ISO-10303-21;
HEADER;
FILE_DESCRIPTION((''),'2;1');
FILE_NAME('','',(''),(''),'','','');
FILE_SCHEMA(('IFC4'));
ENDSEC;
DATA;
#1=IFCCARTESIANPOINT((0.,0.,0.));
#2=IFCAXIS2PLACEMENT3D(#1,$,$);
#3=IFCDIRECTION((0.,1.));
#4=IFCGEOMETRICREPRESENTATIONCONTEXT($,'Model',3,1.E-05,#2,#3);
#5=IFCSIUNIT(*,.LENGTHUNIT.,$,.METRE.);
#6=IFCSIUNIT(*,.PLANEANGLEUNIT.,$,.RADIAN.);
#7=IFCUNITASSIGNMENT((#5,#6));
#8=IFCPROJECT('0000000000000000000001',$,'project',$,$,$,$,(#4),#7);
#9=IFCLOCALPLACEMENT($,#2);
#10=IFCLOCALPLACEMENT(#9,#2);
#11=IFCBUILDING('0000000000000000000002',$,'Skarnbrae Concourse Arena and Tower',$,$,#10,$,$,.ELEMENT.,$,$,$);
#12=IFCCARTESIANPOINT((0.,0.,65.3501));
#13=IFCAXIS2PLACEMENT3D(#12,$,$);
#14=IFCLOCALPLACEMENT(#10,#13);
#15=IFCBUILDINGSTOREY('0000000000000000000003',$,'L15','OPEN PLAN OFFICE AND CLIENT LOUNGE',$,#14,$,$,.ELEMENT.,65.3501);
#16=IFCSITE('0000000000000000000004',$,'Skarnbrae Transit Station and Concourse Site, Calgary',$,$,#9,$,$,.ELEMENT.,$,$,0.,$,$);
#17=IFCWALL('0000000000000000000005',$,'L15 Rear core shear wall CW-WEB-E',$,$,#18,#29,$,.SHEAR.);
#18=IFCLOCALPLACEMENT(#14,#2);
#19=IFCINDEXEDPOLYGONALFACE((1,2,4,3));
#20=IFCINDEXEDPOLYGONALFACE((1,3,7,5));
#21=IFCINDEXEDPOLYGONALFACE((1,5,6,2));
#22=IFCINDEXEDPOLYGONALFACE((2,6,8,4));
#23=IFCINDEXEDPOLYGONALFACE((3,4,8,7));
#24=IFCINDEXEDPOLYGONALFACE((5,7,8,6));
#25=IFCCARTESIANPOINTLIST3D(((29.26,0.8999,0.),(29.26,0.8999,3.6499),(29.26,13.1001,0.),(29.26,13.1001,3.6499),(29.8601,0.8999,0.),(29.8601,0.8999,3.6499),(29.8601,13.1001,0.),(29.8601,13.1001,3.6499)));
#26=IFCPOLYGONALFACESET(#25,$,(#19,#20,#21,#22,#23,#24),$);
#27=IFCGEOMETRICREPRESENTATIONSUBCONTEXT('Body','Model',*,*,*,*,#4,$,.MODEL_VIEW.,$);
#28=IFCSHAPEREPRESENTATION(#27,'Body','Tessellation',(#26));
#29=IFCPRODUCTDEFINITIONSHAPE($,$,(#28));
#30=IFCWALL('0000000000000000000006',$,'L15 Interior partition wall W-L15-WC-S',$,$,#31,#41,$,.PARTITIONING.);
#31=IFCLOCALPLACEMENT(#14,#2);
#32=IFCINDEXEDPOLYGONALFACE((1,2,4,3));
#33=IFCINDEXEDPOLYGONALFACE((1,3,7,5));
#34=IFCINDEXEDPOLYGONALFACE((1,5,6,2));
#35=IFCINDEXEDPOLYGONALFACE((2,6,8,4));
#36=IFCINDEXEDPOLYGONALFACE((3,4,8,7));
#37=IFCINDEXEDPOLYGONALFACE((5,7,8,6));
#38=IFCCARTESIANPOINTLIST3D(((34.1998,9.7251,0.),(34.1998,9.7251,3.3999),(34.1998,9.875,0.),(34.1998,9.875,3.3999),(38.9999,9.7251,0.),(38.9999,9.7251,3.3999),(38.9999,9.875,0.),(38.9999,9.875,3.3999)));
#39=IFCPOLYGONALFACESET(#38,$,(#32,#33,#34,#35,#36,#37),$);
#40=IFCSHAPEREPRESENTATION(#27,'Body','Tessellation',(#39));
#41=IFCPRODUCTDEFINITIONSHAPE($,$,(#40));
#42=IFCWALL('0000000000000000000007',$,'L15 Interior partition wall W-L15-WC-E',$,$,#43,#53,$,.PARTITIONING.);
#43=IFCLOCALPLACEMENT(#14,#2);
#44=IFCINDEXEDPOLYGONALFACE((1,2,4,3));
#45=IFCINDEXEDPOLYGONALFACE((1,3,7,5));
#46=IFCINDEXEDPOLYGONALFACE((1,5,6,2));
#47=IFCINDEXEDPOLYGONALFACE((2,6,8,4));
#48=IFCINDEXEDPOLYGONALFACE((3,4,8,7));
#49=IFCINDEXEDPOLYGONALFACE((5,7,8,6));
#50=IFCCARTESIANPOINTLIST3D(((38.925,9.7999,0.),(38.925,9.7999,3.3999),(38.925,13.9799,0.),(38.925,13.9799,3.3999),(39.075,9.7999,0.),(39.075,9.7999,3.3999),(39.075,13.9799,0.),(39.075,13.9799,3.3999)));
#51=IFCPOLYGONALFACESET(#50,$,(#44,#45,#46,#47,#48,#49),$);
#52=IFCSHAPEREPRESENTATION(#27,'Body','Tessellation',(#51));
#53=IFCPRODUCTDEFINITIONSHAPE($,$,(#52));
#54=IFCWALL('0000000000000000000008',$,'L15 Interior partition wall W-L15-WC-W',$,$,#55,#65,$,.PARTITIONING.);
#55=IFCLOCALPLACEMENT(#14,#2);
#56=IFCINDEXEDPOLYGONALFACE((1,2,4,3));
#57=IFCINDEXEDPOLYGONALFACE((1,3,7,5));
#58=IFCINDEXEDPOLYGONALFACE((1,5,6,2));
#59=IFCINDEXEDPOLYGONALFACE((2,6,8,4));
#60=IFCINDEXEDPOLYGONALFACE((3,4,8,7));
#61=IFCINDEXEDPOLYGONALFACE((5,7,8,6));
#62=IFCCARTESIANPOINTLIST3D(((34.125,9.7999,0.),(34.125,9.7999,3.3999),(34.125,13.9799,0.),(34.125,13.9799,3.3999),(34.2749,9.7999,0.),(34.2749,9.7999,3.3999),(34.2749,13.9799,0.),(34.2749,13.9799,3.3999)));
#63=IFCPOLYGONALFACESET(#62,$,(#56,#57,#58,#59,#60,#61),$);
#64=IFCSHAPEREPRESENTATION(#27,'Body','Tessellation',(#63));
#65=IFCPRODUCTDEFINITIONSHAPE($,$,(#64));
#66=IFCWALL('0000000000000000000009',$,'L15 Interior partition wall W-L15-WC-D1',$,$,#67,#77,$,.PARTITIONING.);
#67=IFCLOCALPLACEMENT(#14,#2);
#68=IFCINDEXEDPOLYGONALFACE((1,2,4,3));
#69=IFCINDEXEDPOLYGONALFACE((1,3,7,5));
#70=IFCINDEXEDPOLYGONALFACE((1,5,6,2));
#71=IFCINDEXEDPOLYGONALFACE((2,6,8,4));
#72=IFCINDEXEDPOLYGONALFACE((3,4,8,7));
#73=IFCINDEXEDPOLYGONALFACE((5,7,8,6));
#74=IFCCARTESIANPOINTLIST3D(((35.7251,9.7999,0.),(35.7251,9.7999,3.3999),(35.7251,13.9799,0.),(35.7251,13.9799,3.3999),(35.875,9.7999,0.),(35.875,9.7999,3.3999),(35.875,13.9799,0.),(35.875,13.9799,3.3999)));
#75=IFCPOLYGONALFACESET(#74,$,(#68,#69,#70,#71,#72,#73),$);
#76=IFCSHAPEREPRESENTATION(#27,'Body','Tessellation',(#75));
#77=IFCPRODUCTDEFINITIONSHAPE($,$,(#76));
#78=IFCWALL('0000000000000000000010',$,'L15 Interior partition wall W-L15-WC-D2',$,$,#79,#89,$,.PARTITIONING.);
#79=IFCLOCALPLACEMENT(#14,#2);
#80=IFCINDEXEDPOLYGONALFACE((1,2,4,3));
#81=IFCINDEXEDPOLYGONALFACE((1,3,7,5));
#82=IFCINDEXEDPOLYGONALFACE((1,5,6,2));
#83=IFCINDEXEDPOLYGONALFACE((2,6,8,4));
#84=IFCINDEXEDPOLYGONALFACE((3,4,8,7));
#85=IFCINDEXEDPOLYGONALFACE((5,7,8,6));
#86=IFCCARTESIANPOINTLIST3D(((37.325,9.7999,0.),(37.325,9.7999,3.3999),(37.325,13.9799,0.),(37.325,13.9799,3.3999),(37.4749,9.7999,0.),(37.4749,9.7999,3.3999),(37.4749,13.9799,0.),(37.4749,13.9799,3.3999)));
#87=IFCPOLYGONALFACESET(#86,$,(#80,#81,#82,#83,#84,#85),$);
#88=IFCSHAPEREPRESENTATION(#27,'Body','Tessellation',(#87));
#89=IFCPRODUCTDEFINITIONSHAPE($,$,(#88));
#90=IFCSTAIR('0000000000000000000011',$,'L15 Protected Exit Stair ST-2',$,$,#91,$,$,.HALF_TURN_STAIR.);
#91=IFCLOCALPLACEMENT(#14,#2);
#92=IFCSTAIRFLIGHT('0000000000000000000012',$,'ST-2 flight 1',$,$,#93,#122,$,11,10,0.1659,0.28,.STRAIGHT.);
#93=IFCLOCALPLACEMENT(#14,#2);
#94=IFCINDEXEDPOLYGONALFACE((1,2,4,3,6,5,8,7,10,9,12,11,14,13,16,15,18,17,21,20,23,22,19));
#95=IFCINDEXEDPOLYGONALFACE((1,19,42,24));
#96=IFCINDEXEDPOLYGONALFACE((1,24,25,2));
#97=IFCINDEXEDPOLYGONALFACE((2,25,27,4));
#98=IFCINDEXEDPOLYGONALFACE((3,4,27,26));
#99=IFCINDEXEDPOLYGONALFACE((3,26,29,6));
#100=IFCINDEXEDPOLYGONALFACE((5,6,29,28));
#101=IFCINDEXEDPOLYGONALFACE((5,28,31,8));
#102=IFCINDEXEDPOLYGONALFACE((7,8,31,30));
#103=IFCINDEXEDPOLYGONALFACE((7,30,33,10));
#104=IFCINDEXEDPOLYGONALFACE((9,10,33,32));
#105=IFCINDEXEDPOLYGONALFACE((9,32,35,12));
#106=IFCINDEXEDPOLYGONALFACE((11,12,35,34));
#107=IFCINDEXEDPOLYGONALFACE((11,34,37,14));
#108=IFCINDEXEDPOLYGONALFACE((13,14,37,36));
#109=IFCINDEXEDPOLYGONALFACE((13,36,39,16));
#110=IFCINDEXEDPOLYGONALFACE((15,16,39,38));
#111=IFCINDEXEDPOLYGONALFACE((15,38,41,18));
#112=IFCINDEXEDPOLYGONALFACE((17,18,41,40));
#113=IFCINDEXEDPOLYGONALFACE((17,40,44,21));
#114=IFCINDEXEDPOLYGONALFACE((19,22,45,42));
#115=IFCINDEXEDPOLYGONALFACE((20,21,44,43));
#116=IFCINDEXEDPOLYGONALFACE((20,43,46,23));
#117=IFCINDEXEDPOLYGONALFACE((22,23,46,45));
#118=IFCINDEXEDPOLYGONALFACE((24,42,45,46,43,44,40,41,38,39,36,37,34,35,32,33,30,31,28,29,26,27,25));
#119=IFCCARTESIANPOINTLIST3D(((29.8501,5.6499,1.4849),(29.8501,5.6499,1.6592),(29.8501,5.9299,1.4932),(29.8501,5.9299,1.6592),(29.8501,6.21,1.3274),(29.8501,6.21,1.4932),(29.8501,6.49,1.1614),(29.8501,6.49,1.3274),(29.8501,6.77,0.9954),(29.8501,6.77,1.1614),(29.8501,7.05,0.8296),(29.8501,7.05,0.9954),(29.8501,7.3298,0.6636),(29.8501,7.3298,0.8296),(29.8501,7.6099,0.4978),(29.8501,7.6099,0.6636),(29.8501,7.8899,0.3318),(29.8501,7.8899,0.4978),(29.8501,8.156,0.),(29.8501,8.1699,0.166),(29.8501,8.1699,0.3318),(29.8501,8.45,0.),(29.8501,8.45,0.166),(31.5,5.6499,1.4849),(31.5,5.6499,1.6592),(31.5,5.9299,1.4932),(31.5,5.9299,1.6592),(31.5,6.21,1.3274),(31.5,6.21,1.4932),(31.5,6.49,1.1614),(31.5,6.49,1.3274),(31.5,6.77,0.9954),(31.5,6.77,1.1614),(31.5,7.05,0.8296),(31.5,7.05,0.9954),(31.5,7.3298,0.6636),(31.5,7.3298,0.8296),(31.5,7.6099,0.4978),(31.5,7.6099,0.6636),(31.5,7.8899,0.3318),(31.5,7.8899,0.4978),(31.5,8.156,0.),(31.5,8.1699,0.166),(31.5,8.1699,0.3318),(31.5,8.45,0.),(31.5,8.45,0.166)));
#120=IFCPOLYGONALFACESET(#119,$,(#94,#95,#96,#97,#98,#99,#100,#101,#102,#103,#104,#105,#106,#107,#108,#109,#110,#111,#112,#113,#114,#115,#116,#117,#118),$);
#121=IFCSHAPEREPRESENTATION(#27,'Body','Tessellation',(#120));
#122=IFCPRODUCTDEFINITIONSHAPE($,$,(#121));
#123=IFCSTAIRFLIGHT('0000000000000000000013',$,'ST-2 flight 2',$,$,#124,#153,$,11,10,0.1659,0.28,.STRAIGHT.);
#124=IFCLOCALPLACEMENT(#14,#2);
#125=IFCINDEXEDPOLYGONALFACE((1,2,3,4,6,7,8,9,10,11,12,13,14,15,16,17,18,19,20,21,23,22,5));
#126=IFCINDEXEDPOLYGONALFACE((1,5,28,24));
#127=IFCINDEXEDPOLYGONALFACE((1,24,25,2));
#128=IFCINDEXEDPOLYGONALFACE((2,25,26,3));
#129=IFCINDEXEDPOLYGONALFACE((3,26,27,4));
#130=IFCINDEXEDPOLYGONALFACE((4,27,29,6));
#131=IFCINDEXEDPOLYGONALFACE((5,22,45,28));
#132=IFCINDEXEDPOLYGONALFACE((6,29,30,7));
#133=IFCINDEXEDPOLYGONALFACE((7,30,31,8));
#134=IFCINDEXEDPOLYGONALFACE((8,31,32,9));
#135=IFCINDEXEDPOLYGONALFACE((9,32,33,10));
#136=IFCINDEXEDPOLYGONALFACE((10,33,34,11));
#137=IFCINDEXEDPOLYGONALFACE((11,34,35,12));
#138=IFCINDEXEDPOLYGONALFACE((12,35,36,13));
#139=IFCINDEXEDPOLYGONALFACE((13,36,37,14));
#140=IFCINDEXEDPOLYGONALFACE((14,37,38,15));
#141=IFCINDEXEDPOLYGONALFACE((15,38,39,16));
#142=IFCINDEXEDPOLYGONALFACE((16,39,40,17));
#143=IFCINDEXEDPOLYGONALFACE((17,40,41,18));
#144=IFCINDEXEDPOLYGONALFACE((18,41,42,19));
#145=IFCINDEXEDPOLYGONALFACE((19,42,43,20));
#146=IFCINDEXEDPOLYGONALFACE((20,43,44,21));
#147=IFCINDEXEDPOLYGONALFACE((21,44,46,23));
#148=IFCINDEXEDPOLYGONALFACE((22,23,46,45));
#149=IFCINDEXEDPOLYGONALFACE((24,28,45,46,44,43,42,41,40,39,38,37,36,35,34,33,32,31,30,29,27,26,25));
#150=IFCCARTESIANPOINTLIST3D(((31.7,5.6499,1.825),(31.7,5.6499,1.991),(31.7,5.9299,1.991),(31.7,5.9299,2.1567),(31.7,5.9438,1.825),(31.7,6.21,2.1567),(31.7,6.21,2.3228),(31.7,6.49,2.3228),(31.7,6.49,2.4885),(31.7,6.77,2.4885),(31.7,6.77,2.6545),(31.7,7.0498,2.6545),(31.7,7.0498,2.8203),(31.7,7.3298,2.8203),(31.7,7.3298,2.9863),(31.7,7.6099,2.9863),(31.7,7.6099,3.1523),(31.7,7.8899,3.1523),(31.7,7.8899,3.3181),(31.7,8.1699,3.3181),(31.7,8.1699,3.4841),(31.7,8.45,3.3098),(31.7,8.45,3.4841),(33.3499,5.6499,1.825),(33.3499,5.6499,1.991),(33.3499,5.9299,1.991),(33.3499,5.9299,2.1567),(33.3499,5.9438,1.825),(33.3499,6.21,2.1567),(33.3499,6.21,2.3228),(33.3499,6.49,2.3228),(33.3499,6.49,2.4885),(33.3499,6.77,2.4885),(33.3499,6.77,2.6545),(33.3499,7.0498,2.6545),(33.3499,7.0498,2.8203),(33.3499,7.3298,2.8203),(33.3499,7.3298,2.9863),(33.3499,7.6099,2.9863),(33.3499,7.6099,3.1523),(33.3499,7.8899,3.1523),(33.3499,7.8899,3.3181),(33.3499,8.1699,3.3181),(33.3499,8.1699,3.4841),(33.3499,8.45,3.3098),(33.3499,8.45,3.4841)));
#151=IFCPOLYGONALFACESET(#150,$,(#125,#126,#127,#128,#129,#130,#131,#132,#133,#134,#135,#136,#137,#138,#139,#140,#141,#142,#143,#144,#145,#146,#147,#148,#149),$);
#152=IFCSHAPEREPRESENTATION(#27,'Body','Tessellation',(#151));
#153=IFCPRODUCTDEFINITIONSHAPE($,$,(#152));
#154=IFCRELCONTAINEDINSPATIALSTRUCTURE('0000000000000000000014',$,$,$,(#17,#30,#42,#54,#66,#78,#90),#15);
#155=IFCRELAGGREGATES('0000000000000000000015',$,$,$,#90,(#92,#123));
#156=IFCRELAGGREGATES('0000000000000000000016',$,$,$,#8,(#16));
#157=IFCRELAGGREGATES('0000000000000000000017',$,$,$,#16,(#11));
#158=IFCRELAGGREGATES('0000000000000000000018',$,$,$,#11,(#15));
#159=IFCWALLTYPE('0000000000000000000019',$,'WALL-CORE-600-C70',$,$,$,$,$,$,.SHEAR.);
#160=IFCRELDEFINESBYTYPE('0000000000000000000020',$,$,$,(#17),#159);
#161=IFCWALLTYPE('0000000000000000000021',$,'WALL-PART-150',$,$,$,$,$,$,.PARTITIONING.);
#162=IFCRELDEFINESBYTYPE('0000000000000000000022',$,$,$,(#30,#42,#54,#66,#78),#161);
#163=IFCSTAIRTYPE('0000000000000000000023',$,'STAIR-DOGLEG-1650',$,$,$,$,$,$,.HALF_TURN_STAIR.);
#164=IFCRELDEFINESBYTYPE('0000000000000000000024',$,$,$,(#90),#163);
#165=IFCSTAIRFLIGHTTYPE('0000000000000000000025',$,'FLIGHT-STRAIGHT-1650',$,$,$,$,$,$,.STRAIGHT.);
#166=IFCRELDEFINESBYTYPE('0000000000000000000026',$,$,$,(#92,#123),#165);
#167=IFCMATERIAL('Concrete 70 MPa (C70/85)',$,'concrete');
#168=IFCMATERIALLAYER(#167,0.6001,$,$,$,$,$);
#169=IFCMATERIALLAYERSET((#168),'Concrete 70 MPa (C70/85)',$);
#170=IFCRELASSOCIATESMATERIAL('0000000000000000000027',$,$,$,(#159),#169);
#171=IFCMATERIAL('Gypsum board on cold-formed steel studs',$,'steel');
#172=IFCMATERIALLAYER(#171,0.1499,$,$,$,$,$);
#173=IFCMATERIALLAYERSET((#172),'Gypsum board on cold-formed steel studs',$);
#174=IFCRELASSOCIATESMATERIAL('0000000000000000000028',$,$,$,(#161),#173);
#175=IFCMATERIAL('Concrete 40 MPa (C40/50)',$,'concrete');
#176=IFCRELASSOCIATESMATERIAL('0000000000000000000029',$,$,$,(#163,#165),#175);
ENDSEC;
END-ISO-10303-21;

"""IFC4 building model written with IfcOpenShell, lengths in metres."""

from ifc_helpers import new_model, si_unit, direction, frame, frame_2d, origin, place, context, subcontext, project, spatial, polyline, rectangle, outline, extrude, source, transform, mapped, material, layer, layer_set, type_object, element, aggregate, save


model = new_model("IFC4")

# Units and contexts
model_context = context("Model", 3, precision=1e-05, world=origin(), true_north=direction((0.0, 1.0)))
body_context = subcontext(model_context, "Body", "Model", "MODEL_VIEW")
ifc_project = project(units=[si_unit("LENGTHUNIT", "METRE"), si_unit("PLANEANGLEUNIT", "RADIAN")], contexts=[model_context])

# Site, building, storey
site_placement = place(None, origin())
site = spatial("IfcSite", under=ifc_project, at=site_placement, Name="Skarnbrae Transit Station and Concourse Site, Calgary", CompositionType="ELEMENT", RefElevation=0.0)
building_placement = place(site_placement, origin())
building = spatial("IfcBuilding", under=site, at=building_placement, Name="Skarnbrae Concourse Arena and Tower", CompositionType="ELEMENT")
storey_placement = place(building_placement, frame((0.0, 0.0, 65.3501)))
storey = spatial("IfcBuildingStorey", under=building, at=storey_placement, Name="L15", Description="OPEN PLAN OFFICE AND CLIENT LOUNGE", CompositionType="ELEMENT", Elevation=65.3501)

# Wall
ifc_material_1 = material(Name="Concrete 70 MPa (C70/85)", Category="concrete")
ifc_layer_1 = layer(ifc_material_1, 0.6001)
ifc_layer_set_1 = layer_set([ifc_layer_1], Name="Concrete 70 MPa (C70/85)")
wall_type_1 = type_object("IfcWallType", Name="WALL-CORE-600-C70", PredefinedType="SHEAR", material=ifc_layer_set_1)
shared_shape_1 = source(origin(), body_context, "Body", "SweptSolid", [
    extrude(rectangle(XDim=12.2002, YDim=0.6001, at=frame_2d((6.1001, 0.0))), origin(), (0.0, 0.0, 1.0), 3.6499),
])
wall_1_placement = place(storey_placement, frame((29.5601, 0.8999, 0.0), z_axis=(0.0, 0.0, 1.0), x_axis=(0.0, 1.0, 0.0)))
element("IfcWall", 1, at=wall_1_placement, inside=storey, type_object=wall_type_1, Name="L15 Rear core shear wall CW-WEB-E", PredefinedType="SHEAR", context=body_context, shape_type="MappedRepresentation", body=[
    mapped(shared_shape_1, transform((0.0, 0.0, 0.0))),
])

# Walls
ifc_material_2 = material(Name="Gypsum board on cold-formed steel studs", Category="steel")
ifc_layer_2 = layer(ifc_material_2, 0.1499)
ifc_layer_set_2 = layer_set([ifc_layer_2], Name="Gypsum board on cold-formed steel studs")
wall_type_2 = type_object("IfcWallType", Name="WALL-PART-150", PredefinedType="PARTITIONING", material=ifc_layer_set_2)
shared_shape_2 = source(origin(), body_context, "Body", "SweptSolid", [
    extrude(rectangle(XDim=4.8, YDim=0.1499, at=frame_2d((2.3999, 0.0))), origin(), (0.0, 0.0, 1.0), 3.3999),
])
wall_2_placement = place(storey_placement, frame((34.2, 9.8, 0.0), z_axis=(0.0, 0.0, 1.0), x_axis=(1.0, 0.0, 0.0)))
element("IfcWall", 2, at=wall_2_placement, inside=storey, type_object=wall_type_2, Name="L15 Interior partition wall W-L15-WC-S", PredefinedType="PARTITIONING", context=body_context, shape_type="MappedRepresentation", body=[
    mapped(shared_shape_2, transform((0.0, 0.0, 0.0))),
])
shared_shape_3 = source(origin(), body_context, "Body", "SweptSolid", [
    extrude(rectangle(XDim=4.1799, YDim=0.1499, at=frame_2d((2.0898, 0.0))), origin(), (0.0, 0.0, 1.0), 3.3999),
])
for number, where, z_axis, x_axis, name in (
    (3, (39.0, 9.8, 0.0), (0.0, 0.0, 1.0), (0.0, 1.0, 0.0), "L15 Interior partition wall W-L15-WC-E"),
    (4, (34.2, 9.8, 0.0), (0.0, 0.0, 1.0), (0.0, 1.0, 0.0), "L15 Interior partition wall W-L15-WC-W"),
    (5, (35.8, 9.8, 0.0), (0.0, 0.0, 1.0), (0.0, 1.0, 0.0), "L15 Interior partition wall W-L15-WC-D1"),
    (6, (37.3999, 9.8, 0.0), (0.0, 0.0, 1.0), (0.0, 1.0, 0.0), "L15 Interior partition wall W-L15-WC-D2"),
):
    element("IfcWall", number, at=place(storey_placement, frame(where, z_axis=z_axis, x_axis=x_axis)), inside=storey, type_object=wall_type_2, Name=name, PredefinedType="PARTITIONING", context=body_context, shape_type="MappedRepresentation", body=[
        mapped(shared_shape_3, transform((0.0, 0.0, 0.0))),
    ])

# Stair, stair flights
ifc_material_3 = material(Name="Concrete 40 MPa (C40/50)", Category="concrete")
stair_type = type_object("IfcStairType", Name="STAIR-DOGLEG-1650", PredefinedType="HALF_TURN_STAIR", material=ifc_material_3)
stair_placement = place(storey_placement, origin())
stair = element("IfcStair", 7, at=stair_placement, inside=storey, type_object=stair_type, Name="L15 Protected Exit Stair ST-2", PredefinedType="HALF_TURN_STAIR")
stair_flight_type = type_object("IfcStairFlightType", Name="FLIGHT-STRAIGHT-1650", PredefinedType="STRAIGHT", material=ifc_material_3)
shared_shape_4 = source(origin(), body_context, "Body", "SweptSolid", [
    extrude(outline(polyline([(0.0, 0.0), (0.0, 0.166), (0.28, 0.166), (0.28, 0.3318), (0.5601, 0.3318), (0.5601, 0.4978), (0.8401, 0.4978), (0.8401, 0.6636), (1.1201, 0.6636), (1.1201, 0.8296), (1.3999, 0.8296), (1.3999, 0.9954), (1.6799, 0.9954), (1.6799, 1.1614), (1.96, 1.1614), (1.96, 1.3274), (2.24, 1.3274), (2.24, 1.4932), (2.52, 1.4932), (2.52, 1.6592), (2.8, 1.6592), (2.8, 1.825), (2.8, 1.4849), (0.2939, 0.0), (0.0, 0.0)])), frame((0.0, 0.825, 0.0), z_axis=(0.0, -1.0, 0.0), x_axis=(1.0, 0.0, 0.0)), (0.0, 0.0, 1.0), 1.6499),
])
stair_flight_1_placement = place(storey_placement, frame((30.675, 8.45, 0.0), z_axis=(0.0, 0.0, 1.0), x_axis=(0.0, -1.0, 0.0)))
stair_flight_1 = element("IfcStairFlight", 8, at=stair_flight_1_placement, type_object=stair_flight_type, Name="ST-2 flight 1", NumberOfRisers=11, NumberOfTreads=10, PredefinedType="STRAIGHT", RiserHeight=0.1659, TreadLength=0.28, context=body_context, shape_type="MappedRepresentation", body=[
    mapped(shared_shape_4, transform((0.0, 0.0, 0.0))),
])
stair_flight_2_placement = place(storey_placement, frame((32.5249, 5.6499, 1.825), z_axis=(0.0, 0.0, 1.0), x_axis=(0.0, 1.0, 0.0)))
stair_flight_2 = element("IfcStairFlight", 9, at=stair_flight_2_placement, type_object=stair_flight_type, Name="ST-2 flight 2", NumberOfRisers=11, NumberOfTreads=10, PredefinedType="STRAIGHT", RiserHeight=0.1659, TreadLength=0.28, context=body_context, shape_type="MappedRepresentation", body=[
    mapped(shared_shape_4, transform((0.0, 0.0, 0.0))),
])
aggregate(stair, [stair_flight_1, stair_flight_2])

save(model, "model.ifc")
